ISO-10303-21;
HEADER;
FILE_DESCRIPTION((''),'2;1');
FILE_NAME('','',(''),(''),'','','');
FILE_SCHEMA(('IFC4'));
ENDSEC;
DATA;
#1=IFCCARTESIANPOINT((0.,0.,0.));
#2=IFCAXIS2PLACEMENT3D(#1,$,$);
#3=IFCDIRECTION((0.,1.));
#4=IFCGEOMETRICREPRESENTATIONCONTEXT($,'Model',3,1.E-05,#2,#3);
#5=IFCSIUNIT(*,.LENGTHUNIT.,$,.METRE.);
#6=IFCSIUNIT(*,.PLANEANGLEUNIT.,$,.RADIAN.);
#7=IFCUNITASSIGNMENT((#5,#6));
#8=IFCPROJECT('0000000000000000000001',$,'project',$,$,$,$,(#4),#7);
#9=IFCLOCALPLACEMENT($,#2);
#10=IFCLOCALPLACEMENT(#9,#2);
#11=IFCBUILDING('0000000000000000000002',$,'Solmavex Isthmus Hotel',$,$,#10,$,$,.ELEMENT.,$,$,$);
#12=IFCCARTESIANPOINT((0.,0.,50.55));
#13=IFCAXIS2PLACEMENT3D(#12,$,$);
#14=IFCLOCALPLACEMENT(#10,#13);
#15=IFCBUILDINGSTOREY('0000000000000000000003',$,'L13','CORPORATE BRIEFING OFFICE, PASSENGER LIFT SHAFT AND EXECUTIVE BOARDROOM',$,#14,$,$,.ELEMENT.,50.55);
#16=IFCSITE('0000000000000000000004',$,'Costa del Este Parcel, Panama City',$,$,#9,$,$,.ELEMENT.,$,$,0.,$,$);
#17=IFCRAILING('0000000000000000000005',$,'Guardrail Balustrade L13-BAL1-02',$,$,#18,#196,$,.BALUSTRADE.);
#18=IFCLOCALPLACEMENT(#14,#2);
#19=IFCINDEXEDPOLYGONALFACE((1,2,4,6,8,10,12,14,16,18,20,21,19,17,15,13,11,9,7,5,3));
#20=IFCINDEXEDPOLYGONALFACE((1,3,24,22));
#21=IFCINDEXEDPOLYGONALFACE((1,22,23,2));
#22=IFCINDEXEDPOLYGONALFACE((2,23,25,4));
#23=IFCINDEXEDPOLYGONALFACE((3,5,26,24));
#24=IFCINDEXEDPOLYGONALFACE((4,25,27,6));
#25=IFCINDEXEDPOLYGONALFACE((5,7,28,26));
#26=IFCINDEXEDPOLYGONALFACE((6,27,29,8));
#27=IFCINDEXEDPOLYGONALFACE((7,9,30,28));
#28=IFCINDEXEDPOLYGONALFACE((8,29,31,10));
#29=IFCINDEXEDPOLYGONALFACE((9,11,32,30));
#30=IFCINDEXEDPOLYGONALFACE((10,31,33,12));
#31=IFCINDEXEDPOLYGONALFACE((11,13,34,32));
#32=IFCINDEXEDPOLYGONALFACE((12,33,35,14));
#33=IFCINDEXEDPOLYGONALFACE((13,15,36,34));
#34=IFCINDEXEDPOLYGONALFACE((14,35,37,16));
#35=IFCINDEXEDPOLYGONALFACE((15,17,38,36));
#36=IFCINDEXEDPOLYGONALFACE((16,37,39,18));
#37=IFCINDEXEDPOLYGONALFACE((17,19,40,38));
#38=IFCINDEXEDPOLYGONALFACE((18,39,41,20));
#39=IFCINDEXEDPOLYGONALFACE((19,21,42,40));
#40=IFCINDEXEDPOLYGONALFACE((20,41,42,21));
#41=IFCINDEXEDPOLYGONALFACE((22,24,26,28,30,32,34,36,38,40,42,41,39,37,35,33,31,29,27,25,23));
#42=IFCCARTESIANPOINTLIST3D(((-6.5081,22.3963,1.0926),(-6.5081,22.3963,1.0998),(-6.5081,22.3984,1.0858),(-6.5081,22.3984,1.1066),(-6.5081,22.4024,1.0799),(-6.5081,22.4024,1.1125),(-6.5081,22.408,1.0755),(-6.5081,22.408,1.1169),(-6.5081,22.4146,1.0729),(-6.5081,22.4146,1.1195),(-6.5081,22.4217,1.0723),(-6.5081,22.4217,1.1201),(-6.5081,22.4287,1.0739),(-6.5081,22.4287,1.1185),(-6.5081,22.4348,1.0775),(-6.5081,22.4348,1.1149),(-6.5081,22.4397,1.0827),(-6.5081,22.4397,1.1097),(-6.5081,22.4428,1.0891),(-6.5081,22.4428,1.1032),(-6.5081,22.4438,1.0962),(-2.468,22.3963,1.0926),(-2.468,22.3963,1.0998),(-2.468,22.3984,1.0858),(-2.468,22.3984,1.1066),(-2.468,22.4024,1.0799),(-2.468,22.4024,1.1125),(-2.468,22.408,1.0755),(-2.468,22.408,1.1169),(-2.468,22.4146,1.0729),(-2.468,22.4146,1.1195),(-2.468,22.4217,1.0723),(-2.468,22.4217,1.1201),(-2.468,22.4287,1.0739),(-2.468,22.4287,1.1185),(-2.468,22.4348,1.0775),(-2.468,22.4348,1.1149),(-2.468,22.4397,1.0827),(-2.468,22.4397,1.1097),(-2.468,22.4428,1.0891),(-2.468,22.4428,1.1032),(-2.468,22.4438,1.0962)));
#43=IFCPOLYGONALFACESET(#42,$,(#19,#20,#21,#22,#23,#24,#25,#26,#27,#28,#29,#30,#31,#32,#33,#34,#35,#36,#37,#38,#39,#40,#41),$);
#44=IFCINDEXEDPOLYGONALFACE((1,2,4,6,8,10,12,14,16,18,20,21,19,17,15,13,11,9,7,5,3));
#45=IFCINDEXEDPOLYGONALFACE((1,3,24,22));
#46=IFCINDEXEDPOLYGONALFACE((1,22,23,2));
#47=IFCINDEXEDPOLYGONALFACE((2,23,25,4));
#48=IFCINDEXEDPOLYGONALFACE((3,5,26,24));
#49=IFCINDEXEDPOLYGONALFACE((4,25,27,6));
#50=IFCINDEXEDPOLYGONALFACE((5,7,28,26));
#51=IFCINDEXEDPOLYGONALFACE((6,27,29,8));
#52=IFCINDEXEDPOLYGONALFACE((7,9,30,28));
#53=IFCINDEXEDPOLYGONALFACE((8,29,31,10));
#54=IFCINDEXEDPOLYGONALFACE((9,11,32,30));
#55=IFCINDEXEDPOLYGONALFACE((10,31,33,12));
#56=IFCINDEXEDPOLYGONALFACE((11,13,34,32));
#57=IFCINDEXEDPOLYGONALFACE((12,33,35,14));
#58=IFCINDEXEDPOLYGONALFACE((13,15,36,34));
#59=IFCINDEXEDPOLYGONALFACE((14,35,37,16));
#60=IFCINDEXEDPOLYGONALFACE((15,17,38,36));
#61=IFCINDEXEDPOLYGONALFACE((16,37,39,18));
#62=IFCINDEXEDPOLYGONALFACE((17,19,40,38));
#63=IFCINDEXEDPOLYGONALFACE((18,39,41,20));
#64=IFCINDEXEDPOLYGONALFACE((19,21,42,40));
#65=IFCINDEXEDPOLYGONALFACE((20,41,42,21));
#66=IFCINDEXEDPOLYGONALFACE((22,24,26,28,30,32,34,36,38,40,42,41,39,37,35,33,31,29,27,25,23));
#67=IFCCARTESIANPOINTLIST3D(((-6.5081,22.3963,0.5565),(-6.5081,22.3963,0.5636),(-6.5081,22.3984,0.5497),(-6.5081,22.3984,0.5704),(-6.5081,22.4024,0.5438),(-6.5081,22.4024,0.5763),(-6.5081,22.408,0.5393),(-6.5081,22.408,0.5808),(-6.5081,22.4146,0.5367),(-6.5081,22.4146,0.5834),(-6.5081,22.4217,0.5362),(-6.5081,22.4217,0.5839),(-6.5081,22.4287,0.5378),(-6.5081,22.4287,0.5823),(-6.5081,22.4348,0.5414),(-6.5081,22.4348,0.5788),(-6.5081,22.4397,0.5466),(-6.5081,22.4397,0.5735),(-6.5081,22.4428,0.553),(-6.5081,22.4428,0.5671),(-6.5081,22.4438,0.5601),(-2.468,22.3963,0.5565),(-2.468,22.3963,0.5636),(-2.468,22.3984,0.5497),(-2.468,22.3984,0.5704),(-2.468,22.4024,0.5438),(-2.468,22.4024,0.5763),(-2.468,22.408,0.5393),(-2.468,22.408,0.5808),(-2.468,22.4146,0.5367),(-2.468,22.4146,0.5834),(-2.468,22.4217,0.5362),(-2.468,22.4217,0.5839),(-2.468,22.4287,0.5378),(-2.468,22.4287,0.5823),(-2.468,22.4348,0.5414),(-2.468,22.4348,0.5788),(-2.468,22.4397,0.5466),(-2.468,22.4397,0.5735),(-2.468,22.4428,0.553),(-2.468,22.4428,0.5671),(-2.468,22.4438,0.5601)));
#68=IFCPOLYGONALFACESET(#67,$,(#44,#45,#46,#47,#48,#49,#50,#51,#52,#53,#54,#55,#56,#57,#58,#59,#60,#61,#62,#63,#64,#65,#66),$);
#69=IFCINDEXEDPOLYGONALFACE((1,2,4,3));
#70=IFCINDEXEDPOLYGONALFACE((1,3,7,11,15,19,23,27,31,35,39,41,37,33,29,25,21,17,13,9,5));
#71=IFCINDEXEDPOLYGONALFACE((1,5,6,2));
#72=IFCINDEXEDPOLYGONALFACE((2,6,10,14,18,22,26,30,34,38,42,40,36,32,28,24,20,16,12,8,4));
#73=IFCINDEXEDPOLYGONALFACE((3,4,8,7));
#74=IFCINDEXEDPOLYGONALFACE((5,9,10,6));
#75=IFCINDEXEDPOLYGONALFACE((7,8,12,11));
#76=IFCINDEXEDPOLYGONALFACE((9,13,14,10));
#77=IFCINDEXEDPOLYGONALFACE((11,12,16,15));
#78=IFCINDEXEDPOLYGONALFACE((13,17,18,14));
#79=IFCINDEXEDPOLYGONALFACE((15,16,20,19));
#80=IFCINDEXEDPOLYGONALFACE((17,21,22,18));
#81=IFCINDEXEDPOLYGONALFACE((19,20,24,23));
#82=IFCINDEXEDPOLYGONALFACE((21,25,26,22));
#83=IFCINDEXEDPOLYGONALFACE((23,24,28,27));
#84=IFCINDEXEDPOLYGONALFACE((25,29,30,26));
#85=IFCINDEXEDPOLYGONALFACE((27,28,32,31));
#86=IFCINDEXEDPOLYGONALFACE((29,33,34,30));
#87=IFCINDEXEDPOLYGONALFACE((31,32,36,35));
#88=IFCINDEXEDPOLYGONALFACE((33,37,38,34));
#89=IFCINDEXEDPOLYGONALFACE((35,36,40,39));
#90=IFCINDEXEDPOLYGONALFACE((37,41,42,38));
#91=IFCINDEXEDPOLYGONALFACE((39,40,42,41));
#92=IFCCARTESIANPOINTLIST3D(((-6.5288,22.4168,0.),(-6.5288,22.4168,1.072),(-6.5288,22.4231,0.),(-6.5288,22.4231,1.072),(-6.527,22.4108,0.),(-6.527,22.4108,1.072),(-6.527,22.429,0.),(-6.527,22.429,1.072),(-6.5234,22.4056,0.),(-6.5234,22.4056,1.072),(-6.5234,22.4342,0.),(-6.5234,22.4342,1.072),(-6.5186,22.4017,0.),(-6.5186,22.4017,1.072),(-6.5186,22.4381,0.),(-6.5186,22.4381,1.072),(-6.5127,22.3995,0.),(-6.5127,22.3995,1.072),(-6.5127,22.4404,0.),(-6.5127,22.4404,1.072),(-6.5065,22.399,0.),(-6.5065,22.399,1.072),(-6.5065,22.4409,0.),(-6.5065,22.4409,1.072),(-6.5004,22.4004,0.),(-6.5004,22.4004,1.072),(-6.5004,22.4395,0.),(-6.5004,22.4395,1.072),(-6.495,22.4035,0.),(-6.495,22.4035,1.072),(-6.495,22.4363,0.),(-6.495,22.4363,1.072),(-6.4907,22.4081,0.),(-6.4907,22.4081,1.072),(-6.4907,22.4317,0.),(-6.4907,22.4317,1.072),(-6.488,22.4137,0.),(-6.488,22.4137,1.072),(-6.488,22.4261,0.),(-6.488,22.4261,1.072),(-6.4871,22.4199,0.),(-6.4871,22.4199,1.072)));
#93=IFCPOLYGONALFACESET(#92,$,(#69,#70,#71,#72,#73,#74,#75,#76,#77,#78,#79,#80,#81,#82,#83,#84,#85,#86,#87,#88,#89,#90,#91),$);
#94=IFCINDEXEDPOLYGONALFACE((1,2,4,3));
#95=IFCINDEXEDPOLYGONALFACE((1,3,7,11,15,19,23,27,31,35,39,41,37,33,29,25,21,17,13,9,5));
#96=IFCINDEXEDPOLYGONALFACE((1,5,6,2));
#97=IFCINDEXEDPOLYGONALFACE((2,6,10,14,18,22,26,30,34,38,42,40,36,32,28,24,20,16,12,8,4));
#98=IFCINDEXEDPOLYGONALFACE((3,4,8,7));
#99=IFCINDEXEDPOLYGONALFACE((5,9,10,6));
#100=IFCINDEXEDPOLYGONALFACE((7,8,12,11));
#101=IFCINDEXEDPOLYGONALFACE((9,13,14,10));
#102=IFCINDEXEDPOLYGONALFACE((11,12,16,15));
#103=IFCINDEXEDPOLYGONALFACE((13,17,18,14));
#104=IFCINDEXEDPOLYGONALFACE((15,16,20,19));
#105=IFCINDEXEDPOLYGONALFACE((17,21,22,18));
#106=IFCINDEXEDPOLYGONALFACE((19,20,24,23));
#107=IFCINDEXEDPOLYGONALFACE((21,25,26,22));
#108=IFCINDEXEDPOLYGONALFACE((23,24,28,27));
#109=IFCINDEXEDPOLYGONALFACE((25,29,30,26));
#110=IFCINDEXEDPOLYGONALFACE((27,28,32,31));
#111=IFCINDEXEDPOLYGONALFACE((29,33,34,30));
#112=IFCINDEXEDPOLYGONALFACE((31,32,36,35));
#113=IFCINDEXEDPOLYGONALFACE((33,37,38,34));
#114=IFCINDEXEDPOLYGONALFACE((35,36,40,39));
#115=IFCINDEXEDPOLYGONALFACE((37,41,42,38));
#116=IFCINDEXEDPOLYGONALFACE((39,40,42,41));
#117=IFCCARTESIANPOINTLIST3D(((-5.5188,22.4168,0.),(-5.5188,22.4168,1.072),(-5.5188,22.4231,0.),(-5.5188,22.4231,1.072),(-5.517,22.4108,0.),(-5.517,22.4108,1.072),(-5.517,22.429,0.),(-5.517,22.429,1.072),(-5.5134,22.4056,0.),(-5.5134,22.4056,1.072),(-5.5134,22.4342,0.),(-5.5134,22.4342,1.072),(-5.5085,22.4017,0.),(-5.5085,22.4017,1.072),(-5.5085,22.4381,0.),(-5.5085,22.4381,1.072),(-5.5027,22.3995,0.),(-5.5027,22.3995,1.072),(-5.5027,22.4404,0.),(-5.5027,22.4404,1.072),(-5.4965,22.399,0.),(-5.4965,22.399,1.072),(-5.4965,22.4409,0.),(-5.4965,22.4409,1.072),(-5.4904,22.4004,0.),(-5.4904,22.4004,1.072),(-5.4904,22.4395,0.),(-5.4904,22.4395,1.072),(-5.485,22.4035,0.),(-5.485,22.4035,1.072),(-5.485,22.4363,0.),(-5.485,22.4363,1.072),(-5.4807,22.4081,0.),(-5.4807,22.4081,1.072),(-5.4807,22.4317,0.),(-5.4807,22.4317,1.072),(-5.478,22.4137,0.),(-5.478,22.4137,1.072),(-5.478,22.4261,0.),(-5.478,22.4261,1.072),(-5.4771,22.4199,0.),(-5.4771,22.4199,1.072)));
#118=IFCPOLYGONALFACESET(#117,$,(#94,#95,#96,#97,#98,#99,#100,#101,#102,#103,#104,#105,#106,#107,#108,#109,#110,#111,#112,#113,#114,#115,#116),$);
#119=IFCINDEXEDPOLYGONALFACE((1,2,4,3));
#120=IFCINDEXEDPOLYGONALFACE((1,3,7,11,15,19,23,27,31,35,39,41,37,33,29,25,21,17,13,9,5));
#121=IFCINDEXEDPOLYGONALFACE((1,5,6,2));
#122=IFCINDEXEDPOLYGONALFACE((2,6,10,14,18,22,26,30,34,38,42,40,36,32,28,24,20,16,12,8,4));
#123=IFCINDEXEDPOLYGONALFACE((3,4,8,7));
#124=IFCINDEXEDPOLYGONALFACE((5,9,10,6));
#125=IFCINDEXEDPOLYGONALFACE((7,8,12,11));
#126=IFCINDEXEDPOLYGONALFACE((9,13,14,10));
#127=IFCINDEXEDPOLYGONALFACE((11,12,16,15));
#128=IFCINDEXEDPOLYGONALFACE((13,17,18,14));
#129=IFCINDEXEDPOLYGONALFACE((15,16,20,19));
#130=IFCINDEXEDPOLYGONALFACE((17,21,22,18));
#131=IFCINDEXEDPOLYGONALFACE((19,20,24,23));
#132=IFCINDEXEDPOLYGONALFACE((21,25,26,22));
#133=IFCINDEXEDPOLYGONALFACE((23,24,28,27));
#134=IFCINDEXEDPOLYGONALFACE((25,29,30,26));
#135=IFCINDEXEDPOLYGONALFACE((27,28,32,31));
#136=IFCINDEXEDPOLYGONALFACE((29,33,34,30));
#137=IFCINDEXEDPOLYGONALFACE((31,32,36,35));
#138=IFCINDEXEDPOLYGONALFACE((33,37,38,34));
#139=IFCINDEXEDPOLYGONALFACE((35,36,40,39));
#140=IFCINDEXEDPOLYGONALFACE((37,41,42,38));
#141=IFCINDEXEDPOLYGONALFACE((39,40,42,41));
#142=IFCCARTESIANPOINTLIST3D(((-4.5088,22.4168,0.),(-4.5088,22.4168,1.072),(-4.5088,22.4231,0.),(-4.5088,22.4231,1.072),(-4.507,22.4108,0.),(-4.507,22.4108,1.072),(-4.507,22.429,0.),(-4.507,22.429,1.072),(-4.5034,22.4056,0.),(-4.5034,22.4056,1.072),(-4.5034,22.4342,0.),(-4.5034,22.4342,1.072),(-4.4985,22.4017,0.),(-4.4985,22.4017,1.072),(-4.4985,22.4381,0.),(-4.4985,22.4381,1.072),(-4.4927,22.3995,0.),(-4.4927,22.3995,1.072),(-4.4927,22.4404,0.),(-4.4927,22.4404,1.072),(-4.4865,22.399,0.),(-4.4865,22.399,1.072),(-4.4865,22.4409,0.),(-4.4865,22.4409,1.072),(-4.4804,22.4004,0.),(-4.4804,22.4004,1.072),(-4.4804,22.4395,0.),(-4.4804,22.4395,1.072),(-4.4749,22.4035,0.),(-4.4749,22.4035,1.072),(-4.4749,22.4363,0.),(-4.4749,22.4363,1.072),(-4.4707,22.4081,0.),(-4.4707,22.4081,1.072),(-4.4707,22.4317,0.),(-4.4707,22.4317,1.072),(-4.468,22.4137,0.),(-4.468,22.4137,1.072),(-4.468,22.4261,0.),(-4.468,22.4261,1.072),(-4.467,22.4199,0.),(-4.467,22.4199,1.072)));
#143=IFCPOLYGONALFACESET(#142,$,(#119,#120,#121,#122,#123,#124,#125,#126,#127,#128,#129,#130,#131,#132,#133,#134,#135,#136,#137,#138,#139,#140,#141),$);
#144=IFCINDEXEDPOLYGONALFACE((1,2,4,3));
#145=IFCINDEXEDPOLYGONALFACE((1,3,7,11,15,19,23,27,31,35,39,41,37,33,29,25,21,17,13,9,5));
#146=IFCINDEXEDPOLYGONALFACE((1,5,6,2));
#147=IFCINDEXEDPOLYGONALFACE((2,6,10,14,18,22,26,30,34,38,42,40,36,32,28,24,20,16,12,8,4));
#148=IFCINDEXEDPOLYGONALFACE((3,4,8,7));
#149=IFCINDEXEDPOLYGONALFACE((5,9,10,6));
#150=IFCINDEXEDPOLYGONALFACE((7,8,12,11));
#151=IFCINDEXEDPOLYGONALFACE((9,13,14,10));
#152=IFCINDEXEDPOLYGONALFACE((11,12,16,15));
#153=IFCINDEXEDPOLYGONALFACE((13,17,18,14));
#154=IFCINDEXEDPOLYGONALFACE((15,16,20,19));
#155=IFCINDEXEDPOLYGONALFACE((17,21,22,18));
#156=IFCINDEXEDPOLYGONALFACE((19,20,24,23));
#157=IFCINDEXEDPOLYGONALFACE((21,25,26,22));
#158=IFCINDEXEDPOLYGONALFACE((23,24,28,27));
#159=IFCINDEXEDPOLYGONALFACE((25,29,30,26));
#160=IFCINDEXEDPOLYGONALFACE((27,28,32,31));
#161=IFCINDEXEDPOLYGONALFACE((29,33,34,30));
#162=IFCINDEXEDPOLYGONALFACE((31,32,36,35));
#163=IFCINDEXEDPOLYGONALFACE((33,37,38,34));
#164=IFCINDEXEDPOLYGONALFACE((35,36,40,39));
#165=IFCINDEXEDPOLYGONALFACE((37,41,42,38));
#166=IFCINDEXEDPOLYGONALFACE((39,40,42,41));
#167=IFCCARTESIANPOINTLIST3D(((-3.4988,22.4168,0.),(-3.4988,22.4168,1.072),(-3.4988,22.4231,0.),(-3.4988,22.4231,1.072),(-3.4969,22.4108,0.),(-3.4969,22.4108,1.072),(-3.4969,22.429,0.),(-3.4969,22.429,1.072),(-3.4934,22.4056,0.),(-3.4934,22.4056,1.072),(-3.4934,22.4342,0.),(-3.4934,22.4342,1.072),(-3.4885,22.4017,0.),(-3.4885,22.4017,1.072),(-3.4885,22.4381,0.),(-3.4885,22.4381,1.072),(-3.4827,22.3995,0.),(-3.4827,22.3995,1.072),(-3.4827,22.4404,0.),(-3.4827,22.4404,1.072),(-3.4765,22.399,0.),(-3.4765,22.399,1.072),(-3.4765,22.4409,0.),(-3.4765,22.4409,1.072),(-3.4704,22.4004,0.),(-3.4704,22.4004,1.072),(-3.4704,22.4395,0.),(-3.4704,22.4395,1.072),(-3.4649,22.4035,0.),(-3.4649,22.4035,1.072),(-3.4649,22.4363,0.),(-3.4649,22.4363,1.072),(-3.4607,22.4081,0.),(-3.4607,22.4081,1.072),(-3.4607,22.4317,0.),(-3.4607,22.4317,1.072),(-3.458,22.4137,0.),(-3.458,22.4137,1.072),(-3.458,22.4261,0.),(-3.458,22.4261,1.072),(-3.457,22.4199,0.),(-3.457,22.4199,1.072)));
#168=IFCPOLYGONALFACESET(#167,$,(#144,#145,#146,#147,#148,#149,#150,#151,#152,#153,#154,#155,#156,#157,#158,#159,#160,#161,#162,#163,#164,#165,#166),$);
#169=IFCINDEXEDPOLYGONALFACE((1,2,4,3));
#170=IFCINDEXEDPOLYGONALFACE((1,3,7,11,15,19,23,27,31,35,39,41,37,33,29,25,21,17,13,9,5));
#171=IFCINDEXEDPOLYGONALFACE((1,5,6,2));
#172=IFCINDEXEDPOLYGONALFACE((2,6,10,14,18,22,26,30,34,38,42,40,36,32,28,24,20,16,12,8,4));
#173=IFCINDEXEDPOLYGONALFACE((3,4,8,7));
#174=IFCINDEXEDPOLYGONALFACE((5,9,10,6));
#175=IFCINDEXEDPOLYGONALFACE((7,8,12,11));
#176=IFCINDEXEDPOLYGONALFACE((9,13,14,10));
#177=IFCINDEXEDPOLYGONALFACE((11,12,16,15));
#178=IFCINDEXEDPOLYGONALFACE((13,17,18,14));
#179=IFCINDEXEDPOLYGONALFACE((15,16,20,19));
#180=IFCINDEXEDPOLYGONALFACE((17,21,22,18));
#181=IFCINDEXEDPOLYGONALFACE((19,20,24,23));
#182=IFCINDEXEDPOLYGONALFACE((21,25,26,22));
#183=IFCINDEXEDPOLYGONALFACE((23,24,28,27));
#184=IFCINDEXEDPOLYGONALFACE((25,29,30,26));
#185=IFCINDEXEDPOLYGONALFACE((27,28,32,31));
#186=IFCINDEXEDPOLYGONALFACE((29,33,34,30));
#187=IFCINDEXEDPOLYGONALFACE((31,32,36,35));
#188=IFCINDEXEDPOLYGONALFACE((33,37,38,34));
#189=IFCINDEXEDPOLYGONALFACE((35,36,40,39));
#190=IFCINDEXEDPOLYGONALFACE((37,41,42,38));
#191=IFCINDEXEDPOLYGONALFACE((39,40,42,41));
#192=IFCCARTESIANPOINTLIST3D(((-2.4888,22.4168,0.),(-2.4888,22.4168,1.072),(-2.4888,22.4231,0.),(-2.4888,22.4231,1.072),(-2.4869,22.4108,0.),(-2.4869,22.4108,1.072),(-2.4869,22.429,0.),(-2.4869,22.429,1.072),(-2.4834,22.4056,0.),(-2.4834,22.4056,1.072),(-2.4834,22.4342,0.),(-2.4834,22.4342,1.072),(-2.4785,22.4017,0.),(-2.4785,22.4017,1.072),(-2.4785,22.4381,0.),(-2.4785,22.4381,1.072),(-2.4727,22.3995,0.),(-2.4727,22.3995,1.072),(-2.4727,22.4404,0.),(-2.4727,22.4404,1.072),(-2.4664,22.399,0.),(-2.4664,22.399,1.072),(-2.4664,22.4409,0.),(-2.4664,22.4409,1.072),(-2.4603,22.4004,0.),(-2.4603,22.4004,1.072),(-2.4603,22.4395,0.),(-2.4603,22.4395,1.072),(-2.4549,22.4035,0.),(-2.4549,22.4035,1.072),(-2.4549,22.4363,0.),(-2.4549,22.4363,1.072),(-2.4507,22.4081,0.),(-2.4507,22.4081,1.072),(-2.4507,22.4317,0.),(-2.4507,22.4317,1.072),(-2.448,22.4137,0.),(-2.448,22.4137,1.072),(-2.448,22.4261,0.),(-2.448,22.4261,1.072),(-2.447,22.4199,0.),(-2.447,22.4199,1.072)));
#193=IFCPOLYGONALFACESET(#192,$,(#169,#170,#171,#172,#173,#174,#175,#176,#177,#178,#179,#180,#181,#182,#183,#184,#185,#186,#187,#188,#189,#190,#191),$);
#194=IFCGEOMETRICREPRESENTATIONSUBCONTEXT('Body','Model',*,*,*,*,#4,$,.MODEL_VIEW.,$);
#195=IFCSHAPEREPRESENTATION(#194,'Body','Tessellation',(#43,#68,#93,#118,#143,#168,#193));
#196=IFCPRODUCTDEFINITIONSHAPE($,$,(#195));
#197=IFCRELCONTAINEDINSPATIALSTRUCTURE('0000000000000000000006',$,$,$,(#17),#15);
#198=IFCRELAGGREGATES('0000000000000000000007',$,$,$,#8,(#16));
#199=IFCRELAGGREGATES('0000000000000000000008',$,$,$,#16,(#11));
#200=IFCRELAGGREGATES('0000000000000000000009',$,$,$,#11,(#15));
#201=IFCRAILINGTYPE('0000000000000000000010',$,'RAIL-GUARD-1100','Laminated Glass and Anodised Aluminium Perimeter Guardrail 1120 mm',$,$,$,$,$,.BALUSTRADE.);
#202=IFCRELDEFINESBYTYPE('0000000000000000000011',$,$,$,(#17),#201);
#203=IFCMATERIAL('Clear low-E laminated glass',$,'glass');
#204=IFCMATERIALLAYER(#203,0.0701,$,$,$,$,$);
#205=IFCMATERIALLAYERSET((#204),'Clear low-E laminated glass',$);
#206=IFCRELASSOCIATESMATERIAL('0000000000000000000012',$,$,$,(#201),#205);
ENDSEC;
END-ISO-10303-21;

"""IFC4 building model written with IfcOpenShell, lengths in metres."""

from ifc_helpers import new_model, si_unit, direction, frame, origin, origin_2d, place, context, subcontext, project, spatial, circle, extrude, material, layer, layer_set, type_object, element, save


model = new_model("IFC4")

# Units and contexts
model_context = context("Model", 3, precision=1e-05, world=origin(), true_north=direction((0.0, 1.0)))
body_context = subcontext(model_context, "Body", "Model", "MODEL_VIEW")
ifc_project = project(units=[si_unit("LENGTHUNIT", "METRE"), si_unit("PLANEANGLEUNIT", "RADIAN")], contexts=[model_context])

# Site, building, storey
site_placement = place(None, origin())
site = spatial("IfcSite", under=ifc_project, at=site_placement, Name="Costa del Este Parcel, Panama City", CompositionType="ELEMENT", RefElevation=0.0)
building_placement = place(site_placement, origin())
building = spatial("IfcBuilding", under=site, at=building_placement, Name="Solmavex Isthmus Hotel", CompositionType="ELEMENT")
storey_placement = place(building_placement, frame((0.0, 0.0, 50.55)))
storey = spatial("IfcBuildingStorey", under=building, at=storey_placement, Name="L13", Description="CORPORATE BRIEFING OFFICE, PASSENGER LIFT SHAFT AND EXECUTIVE BOARDROOM", CompositionType="ELEMENT", Elevation=50.55)

# Shared definitions
ifc_material_1 = material(Name="Clear low-E laminated glass", Category="glass")

# Railing
ifc_layer_1 = layer(ifc_material_1, 0.0701)
ifc_layer_set_1 = layer_set([ifc_layer_1], Name="Clear low-E laminated glass")
railing_type = type_object("IfcRailingType", Name="RAIL-GUARD-1100", Description="Laminated Glass and Anodised Aluminium Perimeter Guardrail 1120 mm", PredefinedType="BALUSTRADE", material=ifc_layer_set_1)
railing_1_placement = place(storey_placement, frame((-6.5081, 22.4199, 0.0)))
element("IfcRailing", 1, at=railing_1_placement, inside=storey, type_object=railing_type, Name="Guardrail Balustrade L13-BAL1-02", PredefinedType="BALUSTRADE", context=body_context, shape_type="SweptSolid", body=[
    extrude(circle(Radius=0.0239, at=origin_2d()), frame((0.0, 0.0, 1.0962), z_axis=(1.0, 0.0, 0.0), x_axis=(0.0, 1.0, 0.0)), (0.0, 0.0, 1.0), 4.04),
    extrude(circle(Radius=0.0239, at=origin_2d()), frame((0.0, 0.0, 0.5601), z_axis=(1.0, 0.0, 0.0), x_axis=(0.0, 1.0, 0.0)), (0.0, 0.0, 1.0), 4.04),
    extrude(circle(Radius=0.021, at=origin_2d()), origin(), (0.0, 0.0, 1.0), 1.072),
    extrude(circle(Radius=0.021, at=origin_2d()), frame((1.01, 0.0, 0.0)), (0.0, 0.0, 1.0), 1.072),
    extrude(circle(Radius=0.021, at=origin_2d()), frame((2.02, 0.0, 0.0)), (0.0, 0.0, 1.0), 1.072),
    extrude(circle(Radius=0.021, at=origin_2d()), frame((3.03, 0.0, 0.0)), (0.0, 0.0, 1.0), 1.072),
    extrude(circle(Radius=0.021, at=origin_2d()), frame((4.04, 0.0, 0.0)), (0.0, 0.0, 1.0), 1.072),
])

save(model, "model.ifc")
